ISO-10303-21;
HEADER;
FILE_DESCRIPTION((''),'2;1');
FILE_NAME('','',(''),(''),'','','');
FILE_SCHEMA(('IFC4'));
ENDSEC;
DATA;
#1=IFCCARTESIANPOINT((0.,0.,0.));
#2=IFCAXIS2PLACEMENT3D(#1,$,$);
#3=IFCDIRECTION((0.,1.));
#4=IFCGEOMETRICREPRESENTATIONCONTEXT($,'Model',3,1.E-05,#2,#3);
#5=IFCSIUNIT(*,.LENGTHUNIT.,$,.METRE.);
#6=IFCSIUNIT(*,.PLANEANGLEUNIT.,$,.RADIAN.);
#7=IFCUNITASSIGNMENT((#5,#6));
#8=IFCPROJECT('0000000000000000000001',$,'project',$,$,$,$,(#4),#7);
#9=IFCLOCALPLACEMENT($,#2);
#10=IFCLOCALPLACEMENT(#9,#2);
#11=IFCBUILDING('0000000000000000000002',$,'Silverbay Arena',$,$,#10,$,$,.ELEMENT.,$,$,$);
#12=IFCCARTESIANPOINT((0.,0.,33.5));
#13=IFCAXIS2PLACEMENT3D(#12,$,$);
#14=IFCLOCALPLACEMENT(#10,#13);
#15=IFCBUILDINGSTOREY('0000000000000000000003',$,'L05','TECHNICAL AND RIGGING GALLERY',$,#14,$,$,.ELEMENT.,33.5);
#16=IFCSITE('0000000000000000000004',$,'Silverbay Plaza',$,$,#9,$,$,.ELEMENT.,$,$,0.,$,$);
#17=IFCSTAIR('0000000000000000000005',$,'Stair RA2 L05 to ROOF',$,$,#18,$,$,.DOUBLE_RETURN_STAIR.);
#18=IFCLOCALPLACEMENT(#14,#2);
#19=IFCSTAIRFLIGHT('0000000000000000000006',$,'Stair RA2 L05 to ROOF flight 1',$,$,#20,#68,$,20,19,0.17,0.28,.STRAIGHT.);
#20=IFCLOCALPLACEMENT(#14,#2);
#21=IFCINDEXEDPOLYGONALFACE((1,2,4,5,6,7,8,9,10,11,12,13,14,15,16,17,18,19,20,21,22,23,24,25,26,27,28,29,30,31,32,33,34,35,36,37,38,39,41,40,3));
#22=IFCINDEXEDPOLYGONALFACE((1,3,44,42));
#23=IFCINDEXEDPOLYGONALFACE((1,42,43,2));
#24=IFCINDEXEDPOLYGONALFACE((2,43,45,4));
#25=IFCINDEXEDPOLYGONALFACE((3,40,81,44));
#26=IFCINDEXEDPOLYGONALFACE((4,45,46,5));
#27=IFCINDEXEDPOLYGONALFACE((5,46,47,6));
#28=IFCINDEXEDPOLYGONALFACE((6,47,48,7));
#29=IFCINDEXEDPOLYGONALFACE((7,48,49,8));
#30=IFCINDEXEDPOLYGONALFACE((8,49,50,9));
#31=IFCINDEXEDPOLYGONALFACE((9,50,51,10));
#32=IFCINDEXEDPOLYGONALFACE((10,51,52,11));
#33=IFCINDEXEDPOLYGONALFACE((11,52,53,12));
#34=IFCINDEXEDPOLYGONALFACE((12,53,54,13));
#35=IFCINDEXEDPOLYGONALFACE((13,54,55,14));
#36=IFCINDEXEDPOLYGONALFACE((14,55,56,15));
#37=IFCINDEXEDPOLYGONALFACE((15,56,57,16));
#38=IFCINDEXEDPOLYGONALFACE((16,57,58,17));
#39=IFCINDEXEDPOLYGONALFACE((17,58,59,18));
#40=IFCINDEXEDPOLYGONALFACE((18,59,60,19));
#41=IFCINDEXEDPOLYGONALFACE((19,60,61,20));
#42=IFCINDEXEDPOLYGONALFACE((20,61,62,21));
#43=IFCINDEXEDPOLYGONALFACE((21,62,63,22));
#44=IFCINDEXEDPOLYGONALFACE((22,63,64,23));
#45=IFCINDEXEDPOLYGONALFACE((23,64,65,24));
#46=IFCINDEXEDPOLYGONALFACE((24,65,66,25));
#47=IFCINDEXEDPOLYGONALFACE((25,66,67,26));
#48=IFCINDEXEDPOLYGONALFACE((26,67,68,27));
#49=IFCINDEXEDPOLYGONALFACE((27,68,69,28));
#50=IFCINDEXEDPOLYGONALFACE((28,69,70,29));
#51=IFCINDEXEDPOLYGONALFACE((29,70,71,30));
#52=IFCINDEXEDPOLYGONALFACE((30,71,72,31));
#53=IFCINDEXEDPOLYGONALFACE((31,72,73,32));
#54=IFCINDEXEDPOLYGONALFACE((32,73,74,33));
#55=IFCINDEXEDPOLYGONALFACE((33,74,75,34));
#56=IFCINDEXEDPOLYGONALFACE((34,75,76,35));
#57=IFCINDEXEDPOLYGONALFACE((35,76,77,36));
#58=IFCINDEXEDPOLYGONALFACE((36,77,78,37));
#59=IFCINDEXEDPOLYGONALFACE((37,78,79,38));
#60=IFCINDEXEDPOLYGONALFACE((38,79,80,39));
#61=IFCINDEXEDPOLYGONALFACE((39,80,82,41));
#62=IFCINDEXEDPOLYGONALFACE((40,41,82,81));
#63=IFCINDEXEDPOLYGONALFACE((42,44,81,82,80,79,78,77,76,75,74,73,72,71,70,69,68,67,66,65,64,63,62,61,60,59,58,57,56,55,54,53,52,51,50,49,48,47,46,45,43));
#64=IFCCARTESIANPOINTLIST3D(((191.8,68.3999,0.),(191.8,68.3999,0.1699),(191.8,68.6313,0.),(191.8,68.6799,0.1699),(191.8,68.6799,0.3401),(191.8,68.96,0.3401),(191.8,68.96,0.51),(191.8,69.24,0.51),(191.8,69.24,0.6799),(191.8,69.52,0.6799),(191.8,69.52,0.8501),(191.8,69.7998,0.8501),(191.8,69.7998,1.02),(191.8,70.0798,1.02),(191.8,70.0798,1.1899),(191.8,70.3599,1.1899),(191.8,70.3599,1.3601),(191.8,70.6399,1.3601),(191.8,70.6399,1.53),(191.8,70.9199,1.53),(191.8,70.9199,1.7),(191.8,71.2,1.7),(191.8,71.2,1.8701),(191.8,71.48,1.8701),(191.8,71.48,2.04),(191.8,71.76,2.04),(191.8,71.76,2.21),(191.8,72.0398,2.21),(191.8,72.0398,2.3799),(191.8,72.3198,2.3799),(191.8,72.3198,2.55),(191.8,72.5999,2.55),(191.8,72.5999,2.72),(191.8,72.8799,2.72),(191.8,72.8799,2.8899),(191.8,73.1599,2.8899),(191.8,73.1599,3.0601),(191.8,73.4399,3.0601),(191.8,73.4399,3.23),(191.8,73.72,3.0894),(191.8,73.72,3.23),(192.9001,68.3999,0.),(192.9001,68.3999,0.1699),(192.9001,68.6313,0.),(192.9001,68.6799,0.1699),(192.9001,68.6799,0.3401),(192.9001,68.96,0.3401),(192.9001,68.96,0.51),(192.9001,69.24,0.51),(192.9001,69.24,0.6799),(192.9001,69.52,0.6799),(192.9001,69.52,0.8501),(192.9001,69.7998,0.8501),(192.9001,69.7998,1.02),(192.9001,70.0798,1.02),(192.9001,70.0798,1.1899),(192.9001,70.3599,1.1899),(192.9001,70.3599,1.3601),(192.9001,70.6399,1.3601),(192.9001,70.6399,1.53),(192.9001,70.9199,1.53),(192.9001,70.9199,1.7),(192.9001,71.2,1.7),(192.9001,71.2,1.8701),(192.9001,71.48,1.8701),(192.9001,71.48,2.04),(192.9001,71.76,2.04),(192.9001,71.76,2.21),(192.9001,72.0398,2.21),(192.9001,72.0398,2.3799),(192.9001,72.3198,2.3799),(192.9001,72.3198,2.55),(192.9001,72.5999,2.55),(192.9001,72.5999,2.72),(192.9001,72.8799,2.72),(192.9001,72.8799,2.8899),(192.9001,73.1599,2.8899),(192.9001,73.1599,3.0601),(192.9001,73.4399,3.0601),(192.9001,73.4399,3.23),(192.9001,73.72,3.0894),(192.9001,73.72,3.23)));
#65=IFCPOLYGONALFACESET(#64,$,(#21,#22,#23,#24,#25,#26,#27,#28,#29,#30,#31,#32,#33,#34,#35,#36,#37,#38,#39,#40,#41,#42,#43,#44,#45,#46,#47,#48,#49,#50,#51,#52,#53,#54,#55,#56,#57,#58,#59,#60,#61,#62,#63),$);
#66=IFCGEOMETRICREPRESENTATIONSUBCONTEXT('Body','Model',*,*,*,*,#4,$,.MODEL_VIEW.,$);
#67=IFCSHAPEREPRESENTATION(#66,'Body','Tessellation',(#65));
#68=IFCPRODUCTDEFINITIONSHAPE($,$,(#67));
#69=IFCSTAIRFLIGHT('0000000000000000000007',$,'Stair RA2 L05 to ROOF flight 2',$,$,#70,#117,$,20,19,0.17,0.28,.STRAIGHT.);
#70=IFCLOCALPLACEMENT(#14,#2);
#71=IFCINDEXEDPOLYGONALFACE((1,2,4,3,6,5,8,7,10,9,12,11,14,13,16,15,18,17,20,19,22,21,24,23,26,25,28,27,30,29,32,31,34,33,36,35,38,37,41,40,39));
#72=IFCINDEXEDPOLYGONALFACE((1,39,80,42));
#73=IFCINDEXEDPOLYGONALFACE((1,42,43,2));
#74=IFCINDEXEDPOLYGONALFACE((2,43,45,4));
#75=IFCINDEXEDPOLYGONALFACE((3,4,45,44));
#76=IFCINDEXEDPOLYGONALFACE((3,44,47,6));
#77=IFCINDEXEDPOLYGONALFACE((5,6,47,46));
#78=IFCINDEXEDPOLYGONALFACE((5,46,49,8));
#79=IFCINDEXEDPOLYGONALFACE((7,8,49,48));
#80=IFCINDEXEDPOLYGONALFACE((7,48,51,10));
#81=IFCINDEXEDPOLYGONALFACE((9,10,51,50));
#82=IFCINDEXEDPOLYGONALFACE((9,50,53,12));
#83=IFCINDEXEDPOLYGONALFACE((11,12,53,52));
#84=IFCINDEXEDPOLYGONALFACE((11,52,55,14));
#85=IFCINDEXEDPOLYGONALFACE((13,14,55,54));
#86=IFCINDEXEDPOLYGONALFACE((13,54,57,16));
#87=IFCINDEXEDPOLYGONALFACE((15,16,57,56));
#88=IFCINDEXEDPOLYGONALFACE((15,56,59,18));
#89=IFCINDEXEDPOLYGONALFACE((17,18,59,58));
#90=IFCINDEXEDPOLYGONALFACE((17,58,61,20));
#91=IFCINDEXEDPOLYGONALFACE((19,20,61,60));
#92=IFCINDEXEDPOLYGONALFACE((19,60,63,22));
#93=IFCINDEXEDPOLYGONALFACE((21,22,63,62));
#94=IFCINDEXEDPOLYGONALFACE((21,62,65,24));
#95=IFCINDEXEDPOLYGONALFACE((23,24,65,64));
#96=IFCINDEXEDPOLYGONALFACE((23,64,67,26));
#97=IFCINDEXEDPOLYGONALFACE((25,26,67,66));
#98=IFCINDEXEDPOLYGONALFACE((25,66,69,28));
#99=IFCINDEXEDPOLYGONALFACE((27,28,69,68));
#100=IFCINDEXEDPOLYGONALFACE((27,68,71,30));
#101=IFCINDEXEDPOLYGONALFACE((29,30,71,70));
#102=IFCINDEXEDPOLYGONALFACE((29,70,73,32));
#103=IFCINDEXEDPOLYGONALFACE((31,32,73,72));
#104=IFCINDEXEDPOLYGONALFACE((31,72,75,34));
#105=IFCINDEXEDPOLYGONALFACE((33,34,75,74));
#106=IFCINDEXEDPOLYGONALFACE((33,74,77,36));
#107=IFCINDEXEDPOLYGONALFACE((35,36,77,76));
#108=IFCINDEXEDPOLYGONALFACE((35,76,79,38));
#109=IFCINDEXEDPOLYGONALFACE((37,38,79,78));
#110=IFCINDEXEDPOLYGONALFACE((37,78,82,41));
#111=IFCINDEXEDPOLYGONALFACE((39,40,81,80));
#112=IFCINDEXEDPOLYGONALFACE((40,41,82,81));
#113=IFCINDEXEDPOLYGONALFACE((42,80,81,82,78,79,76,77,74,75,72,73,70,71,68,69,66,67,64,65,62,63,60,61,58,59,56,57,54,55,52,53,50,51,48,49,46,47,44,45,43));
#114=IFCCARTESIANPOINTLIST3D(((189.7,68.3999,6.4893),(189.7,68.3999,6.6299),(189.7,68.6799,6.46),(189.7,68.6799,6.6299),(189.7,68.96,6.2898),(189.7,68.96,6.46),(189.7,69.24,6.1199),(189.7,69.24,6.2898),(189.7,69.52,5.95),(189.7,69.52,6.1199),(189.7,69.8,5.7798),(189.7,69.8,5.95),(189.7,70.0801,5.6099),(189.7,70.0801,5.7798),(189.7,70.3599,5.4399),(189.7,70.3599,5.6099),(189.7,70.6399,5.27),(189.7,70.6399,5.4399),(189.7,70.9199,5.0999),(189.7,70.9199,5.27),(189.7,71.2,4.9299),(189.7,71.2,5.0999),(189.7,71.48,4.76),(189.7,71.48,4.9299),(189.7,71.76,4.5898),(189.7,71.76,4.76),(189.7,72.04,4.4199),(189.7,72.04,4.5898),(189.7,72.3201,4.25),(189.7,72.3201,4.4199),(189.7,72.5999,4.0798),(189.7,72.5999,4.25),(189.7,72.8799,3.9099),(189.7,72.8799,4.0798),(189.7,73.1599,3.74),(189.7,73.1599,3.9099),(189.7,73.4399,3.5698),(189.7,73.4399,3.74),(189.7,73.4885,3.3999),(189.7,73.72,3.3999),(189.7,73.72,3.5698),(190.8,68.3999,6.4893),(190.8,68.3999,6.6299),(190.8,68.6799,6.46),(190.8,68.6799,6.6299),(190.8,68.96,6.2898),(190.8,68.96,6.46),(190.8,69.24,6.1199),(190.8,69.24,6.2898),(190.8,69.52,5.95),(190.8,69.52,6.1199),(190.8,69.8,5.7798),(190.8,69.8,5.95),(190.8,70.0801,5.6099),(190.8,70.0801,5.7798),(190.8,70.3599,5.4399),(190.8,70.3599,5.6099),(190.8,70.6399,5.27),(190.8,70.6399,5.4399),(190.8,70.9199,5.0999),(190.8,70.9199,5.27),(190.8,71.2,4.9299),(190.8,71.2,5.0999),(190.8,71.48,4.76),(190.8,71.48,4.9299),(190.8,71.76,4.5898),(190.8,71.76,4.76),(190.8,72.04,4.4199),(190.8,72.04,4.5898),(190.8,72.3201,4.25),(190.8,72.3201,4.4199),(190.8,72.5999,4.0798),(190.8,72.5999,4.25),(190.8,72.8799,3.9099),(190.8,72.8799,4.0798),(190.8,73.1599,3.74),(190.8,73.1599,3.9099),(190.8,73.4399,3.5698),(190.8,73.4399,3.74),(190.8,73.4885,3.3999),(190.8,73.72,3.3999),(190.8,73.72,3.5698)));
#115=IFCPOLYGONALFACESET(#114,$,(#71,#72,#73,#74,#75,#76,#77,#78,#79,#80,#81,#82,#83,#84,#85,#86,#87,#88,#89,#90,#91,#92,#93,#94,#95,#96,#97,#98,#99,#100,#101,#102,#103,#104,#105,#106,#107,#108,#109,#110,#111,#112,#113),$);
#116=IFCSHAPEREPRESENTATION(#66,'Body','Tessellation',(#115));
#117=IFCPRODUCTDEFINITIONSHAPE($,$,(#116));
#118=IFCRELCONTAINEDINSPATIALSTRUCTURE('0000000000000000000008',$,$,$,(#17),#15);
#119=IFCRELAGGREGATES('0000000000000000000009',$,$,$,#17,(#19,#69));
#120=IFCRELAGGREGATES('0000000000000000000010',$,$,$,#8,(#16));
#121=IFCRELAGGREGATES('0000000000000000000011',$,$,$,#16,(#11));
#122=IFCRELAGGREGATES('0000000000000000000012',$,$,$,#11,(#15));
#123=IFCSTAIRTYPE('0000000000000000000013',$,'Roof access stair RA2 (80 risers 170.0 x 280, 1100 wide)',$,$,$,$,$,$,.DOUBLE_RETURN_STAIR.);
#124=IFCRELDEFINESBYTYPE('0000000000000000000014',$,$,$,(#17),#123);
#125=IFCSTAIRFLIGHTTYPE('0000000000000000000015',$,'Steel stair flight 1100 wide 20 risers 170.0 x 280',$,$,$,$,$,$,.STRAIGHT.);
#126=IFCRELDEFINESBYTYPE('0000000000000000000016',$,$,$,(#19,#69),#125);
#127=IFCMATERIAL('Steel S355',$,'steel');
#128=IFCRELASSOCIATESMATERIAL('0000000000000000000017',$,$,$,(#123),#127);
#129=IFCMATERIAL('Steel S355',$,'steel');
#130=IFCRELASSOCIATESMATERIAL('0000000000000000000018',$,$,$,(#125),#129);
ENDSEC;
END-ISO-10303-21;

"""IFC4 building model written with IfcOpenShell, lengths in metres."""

from ifc_helpers import new_model, si_unit, direction, frame, origin, place, context, subcontext, project, spatial, polyline, outline, extrude, material, type_object, element, aggregate, save


model = new_model("IFC4")

# Units and contexts
model_context = context("Model", 3, precision=1e-05, world=origin(), true_north=direction((0.0, 1.0)))
body_context = subcontext(model_context, "Body", "Model", "MODEL_VIEW")
ifc_project = project(units=[si_unit("LENGTHUNIT", "METRE"), si_unit("PLANEANGLEUNIT", "RADIAN")], contexts=[model_context])

# Site, building, storey
site_placement = place(None, origin())
site = spatial("IfcSite", under=ifc_project, at=site_placement, Name="Silverbay Plaza", CompositionType="ELEMENT", RefElevation=0.0)
building_placement = place(site_placement, origin())
building = spatial("IfcBuilding", under=site, at=building_placement, Name="Silverbay Arena", CompositionType="ELEMENT")
storey_placement = place(building_placement, frame((0.0, 0.0, 33.5)))
storey = spatial("IfcBuildingStorey", under=building, at=storey_placement, Name="L05", Description="TECHNICAL AND RIGGING GALLERY", CompositionType="ELEMENT", Elevation=33.5)

# Stair, stair flights
ifc_material_1 = material(Name="Steel S355", Category="steel")
stair_type = type_object("IfcStairType", Name="Roof access stair RA2 (80 risers 170.0 x 280, 1100 wide)", PredefinedType="DOUBLE_RETURN_STAIR", material=ifc_material_1)
stair_placement = place(storey_placement, origin())
stair = element("IfcStair", 1, at=stair_placement, inside=storey, type_object=stair_type, Name="Stair RA2 L05 to ROOF", PredefinedType="DOUBLE_RETURN_STAIR")
ifc_material_2 = material(Name="Steel S355", Category="steel")
stair_flight_type = type_object("IfcStairFlightType", Name="Steel stair flight 1100 wide 20 risers 170.0 x 280", PredefinedType="STRAIGHT", material=ifc_material_2)
stair_flight_1_placement = place(storey_placement, frame((192.3501, 68.3999, 0.0), z_axis=(0.0, 0.0, 1.0), x_axis=(0.0, 1.0, 0.0)))
stair_flight_1 = element("IfcStairFlight", 2, at=stair_flight_1_placement, type_object=stair_flight_type, Name="Stair RA2 L05 to ROOF flight 1", NumberOfRisers=20, NumberOfTreads=19, PredefinedType="STRAIGHT", RiserHeight=0.17, TreadLength=0.28, context=body_context, shape_type="SweptSolid", body=[
    extrude(outline(polyline([(0.0, 0.0), (0.0, 0.1699), (0.28, 0.1699), (0.28, 0.3401), (0.5601, 0.3401), (0.5601, 0.51), (0.8401, 0.51), (0.8401, 0.6799), (1.1201, 0.6799), (1.1201, 0.8501), (1.3999, 0.8501), (1.3999, 1.02), (1.6799, 1.02), (1.6799, 1.1899), (1.96, 1.1899), (1.96, 1.3601), (2.24, 1.3601), (2.24, 1.53), (2.52, 1.53), (2.52, 1.7), (2.8, 1.7), (2.8, 1.8701), (3.0801, 1.8701), (3.0801, 2.04), (3.3601, 2.04), (3.3601, 2.21), (3.6399, 2.21), (3.6399, 2.3799), (3.9199, 2.3799), (3.9199, 2.55), (4.2, 2.55), (4.2, 2.72), (4.48, 2.72), (4.48, 2.8899), (4.76, 2.8899), (4.76, 3.0601), (5.04, 3.0601), (5.04, 3.23), (5.3201, 3.23), (5.3201, 3.0894), (0.2314, 0.0), (0.0, 0.0)])), frame((0.0, 0.55, 0.0), z_axis=(0.0, -1.0, 0.0), x_axis=(1.0, 0.0, 0.0)), (0.0, 0.0, 1.0), 1.1001),
])
stair_flight_2_placement = place(storey_placement, frame((190.25, 73.72, 3.3999), z_axis=(0.0, 0.0, 1.0), x_axis=(0.0, -1.0, 0.0)))
stair_flight_2 = element("IfcStairFlight", 3, at=stair_flight_2_placement, type_object=stair_flight_type, Name="Stair RA2 L05 to ROOF flight 2", NumberOfRisers=20, NumberOfTreads=19, PredefinedType="STRAIGHT", RiserHeight=0.17, TreadLength=0.28, context=body_context, shape_type="SweptSolid", body=[
    extrude(outline(polyline([(0.0, 0.0), (0.0, 0.1699), (0.28, 0.1699), (0.28, 0.3401), (0.5601, 0.3401), (0.5601, 0.51), (0.8401, 0.51), (0.8401, 0.6799), (1.1201, 0.6799), (1.1201, 0.8501), (1.3999, 0.8501), (1.3999, 1.02), (1.6799, 1.02), (1.6799, 1.1899), (1.96, 1.1899), (1.96, 1.3601), (2.24, 1.3601), (2.24, 1.53), (2.52, 1.53), (2.52, 1.7), (2.8, 1.7), (2.8, 1.8701), (3.0801, 1.8701), (3.0801, 2.04), (3.3601, 2.04), (3.3601, 2.21), (3.6399, 2.21), (3.6399, 2.3799), (3.9199, 2.3799), (3.9199, 2.55), (4.2, 2.55), (4.2, 2.72), (4.48, 2.72), (4.48, 2.8899), (4.76, 2.8899), (4.76, 3.0601), (5.04, 3.0601), (5.04, 3.23), (5.3201, 3.23), (5.3201, 3.0894), (0.2314, 0.0), (0.0, 0.0)])), frame((0.0, 0.55, 0.0), z_axis=(0.0, -1.0, 0.0), x_axis=(1.0, 0.0, 0.0)), (0.0, 0.0, 1.0), 1.1001),
])
aggregate(stair, [stair_flight_1, stair_flight_2])

save(model, "model.ifc")
